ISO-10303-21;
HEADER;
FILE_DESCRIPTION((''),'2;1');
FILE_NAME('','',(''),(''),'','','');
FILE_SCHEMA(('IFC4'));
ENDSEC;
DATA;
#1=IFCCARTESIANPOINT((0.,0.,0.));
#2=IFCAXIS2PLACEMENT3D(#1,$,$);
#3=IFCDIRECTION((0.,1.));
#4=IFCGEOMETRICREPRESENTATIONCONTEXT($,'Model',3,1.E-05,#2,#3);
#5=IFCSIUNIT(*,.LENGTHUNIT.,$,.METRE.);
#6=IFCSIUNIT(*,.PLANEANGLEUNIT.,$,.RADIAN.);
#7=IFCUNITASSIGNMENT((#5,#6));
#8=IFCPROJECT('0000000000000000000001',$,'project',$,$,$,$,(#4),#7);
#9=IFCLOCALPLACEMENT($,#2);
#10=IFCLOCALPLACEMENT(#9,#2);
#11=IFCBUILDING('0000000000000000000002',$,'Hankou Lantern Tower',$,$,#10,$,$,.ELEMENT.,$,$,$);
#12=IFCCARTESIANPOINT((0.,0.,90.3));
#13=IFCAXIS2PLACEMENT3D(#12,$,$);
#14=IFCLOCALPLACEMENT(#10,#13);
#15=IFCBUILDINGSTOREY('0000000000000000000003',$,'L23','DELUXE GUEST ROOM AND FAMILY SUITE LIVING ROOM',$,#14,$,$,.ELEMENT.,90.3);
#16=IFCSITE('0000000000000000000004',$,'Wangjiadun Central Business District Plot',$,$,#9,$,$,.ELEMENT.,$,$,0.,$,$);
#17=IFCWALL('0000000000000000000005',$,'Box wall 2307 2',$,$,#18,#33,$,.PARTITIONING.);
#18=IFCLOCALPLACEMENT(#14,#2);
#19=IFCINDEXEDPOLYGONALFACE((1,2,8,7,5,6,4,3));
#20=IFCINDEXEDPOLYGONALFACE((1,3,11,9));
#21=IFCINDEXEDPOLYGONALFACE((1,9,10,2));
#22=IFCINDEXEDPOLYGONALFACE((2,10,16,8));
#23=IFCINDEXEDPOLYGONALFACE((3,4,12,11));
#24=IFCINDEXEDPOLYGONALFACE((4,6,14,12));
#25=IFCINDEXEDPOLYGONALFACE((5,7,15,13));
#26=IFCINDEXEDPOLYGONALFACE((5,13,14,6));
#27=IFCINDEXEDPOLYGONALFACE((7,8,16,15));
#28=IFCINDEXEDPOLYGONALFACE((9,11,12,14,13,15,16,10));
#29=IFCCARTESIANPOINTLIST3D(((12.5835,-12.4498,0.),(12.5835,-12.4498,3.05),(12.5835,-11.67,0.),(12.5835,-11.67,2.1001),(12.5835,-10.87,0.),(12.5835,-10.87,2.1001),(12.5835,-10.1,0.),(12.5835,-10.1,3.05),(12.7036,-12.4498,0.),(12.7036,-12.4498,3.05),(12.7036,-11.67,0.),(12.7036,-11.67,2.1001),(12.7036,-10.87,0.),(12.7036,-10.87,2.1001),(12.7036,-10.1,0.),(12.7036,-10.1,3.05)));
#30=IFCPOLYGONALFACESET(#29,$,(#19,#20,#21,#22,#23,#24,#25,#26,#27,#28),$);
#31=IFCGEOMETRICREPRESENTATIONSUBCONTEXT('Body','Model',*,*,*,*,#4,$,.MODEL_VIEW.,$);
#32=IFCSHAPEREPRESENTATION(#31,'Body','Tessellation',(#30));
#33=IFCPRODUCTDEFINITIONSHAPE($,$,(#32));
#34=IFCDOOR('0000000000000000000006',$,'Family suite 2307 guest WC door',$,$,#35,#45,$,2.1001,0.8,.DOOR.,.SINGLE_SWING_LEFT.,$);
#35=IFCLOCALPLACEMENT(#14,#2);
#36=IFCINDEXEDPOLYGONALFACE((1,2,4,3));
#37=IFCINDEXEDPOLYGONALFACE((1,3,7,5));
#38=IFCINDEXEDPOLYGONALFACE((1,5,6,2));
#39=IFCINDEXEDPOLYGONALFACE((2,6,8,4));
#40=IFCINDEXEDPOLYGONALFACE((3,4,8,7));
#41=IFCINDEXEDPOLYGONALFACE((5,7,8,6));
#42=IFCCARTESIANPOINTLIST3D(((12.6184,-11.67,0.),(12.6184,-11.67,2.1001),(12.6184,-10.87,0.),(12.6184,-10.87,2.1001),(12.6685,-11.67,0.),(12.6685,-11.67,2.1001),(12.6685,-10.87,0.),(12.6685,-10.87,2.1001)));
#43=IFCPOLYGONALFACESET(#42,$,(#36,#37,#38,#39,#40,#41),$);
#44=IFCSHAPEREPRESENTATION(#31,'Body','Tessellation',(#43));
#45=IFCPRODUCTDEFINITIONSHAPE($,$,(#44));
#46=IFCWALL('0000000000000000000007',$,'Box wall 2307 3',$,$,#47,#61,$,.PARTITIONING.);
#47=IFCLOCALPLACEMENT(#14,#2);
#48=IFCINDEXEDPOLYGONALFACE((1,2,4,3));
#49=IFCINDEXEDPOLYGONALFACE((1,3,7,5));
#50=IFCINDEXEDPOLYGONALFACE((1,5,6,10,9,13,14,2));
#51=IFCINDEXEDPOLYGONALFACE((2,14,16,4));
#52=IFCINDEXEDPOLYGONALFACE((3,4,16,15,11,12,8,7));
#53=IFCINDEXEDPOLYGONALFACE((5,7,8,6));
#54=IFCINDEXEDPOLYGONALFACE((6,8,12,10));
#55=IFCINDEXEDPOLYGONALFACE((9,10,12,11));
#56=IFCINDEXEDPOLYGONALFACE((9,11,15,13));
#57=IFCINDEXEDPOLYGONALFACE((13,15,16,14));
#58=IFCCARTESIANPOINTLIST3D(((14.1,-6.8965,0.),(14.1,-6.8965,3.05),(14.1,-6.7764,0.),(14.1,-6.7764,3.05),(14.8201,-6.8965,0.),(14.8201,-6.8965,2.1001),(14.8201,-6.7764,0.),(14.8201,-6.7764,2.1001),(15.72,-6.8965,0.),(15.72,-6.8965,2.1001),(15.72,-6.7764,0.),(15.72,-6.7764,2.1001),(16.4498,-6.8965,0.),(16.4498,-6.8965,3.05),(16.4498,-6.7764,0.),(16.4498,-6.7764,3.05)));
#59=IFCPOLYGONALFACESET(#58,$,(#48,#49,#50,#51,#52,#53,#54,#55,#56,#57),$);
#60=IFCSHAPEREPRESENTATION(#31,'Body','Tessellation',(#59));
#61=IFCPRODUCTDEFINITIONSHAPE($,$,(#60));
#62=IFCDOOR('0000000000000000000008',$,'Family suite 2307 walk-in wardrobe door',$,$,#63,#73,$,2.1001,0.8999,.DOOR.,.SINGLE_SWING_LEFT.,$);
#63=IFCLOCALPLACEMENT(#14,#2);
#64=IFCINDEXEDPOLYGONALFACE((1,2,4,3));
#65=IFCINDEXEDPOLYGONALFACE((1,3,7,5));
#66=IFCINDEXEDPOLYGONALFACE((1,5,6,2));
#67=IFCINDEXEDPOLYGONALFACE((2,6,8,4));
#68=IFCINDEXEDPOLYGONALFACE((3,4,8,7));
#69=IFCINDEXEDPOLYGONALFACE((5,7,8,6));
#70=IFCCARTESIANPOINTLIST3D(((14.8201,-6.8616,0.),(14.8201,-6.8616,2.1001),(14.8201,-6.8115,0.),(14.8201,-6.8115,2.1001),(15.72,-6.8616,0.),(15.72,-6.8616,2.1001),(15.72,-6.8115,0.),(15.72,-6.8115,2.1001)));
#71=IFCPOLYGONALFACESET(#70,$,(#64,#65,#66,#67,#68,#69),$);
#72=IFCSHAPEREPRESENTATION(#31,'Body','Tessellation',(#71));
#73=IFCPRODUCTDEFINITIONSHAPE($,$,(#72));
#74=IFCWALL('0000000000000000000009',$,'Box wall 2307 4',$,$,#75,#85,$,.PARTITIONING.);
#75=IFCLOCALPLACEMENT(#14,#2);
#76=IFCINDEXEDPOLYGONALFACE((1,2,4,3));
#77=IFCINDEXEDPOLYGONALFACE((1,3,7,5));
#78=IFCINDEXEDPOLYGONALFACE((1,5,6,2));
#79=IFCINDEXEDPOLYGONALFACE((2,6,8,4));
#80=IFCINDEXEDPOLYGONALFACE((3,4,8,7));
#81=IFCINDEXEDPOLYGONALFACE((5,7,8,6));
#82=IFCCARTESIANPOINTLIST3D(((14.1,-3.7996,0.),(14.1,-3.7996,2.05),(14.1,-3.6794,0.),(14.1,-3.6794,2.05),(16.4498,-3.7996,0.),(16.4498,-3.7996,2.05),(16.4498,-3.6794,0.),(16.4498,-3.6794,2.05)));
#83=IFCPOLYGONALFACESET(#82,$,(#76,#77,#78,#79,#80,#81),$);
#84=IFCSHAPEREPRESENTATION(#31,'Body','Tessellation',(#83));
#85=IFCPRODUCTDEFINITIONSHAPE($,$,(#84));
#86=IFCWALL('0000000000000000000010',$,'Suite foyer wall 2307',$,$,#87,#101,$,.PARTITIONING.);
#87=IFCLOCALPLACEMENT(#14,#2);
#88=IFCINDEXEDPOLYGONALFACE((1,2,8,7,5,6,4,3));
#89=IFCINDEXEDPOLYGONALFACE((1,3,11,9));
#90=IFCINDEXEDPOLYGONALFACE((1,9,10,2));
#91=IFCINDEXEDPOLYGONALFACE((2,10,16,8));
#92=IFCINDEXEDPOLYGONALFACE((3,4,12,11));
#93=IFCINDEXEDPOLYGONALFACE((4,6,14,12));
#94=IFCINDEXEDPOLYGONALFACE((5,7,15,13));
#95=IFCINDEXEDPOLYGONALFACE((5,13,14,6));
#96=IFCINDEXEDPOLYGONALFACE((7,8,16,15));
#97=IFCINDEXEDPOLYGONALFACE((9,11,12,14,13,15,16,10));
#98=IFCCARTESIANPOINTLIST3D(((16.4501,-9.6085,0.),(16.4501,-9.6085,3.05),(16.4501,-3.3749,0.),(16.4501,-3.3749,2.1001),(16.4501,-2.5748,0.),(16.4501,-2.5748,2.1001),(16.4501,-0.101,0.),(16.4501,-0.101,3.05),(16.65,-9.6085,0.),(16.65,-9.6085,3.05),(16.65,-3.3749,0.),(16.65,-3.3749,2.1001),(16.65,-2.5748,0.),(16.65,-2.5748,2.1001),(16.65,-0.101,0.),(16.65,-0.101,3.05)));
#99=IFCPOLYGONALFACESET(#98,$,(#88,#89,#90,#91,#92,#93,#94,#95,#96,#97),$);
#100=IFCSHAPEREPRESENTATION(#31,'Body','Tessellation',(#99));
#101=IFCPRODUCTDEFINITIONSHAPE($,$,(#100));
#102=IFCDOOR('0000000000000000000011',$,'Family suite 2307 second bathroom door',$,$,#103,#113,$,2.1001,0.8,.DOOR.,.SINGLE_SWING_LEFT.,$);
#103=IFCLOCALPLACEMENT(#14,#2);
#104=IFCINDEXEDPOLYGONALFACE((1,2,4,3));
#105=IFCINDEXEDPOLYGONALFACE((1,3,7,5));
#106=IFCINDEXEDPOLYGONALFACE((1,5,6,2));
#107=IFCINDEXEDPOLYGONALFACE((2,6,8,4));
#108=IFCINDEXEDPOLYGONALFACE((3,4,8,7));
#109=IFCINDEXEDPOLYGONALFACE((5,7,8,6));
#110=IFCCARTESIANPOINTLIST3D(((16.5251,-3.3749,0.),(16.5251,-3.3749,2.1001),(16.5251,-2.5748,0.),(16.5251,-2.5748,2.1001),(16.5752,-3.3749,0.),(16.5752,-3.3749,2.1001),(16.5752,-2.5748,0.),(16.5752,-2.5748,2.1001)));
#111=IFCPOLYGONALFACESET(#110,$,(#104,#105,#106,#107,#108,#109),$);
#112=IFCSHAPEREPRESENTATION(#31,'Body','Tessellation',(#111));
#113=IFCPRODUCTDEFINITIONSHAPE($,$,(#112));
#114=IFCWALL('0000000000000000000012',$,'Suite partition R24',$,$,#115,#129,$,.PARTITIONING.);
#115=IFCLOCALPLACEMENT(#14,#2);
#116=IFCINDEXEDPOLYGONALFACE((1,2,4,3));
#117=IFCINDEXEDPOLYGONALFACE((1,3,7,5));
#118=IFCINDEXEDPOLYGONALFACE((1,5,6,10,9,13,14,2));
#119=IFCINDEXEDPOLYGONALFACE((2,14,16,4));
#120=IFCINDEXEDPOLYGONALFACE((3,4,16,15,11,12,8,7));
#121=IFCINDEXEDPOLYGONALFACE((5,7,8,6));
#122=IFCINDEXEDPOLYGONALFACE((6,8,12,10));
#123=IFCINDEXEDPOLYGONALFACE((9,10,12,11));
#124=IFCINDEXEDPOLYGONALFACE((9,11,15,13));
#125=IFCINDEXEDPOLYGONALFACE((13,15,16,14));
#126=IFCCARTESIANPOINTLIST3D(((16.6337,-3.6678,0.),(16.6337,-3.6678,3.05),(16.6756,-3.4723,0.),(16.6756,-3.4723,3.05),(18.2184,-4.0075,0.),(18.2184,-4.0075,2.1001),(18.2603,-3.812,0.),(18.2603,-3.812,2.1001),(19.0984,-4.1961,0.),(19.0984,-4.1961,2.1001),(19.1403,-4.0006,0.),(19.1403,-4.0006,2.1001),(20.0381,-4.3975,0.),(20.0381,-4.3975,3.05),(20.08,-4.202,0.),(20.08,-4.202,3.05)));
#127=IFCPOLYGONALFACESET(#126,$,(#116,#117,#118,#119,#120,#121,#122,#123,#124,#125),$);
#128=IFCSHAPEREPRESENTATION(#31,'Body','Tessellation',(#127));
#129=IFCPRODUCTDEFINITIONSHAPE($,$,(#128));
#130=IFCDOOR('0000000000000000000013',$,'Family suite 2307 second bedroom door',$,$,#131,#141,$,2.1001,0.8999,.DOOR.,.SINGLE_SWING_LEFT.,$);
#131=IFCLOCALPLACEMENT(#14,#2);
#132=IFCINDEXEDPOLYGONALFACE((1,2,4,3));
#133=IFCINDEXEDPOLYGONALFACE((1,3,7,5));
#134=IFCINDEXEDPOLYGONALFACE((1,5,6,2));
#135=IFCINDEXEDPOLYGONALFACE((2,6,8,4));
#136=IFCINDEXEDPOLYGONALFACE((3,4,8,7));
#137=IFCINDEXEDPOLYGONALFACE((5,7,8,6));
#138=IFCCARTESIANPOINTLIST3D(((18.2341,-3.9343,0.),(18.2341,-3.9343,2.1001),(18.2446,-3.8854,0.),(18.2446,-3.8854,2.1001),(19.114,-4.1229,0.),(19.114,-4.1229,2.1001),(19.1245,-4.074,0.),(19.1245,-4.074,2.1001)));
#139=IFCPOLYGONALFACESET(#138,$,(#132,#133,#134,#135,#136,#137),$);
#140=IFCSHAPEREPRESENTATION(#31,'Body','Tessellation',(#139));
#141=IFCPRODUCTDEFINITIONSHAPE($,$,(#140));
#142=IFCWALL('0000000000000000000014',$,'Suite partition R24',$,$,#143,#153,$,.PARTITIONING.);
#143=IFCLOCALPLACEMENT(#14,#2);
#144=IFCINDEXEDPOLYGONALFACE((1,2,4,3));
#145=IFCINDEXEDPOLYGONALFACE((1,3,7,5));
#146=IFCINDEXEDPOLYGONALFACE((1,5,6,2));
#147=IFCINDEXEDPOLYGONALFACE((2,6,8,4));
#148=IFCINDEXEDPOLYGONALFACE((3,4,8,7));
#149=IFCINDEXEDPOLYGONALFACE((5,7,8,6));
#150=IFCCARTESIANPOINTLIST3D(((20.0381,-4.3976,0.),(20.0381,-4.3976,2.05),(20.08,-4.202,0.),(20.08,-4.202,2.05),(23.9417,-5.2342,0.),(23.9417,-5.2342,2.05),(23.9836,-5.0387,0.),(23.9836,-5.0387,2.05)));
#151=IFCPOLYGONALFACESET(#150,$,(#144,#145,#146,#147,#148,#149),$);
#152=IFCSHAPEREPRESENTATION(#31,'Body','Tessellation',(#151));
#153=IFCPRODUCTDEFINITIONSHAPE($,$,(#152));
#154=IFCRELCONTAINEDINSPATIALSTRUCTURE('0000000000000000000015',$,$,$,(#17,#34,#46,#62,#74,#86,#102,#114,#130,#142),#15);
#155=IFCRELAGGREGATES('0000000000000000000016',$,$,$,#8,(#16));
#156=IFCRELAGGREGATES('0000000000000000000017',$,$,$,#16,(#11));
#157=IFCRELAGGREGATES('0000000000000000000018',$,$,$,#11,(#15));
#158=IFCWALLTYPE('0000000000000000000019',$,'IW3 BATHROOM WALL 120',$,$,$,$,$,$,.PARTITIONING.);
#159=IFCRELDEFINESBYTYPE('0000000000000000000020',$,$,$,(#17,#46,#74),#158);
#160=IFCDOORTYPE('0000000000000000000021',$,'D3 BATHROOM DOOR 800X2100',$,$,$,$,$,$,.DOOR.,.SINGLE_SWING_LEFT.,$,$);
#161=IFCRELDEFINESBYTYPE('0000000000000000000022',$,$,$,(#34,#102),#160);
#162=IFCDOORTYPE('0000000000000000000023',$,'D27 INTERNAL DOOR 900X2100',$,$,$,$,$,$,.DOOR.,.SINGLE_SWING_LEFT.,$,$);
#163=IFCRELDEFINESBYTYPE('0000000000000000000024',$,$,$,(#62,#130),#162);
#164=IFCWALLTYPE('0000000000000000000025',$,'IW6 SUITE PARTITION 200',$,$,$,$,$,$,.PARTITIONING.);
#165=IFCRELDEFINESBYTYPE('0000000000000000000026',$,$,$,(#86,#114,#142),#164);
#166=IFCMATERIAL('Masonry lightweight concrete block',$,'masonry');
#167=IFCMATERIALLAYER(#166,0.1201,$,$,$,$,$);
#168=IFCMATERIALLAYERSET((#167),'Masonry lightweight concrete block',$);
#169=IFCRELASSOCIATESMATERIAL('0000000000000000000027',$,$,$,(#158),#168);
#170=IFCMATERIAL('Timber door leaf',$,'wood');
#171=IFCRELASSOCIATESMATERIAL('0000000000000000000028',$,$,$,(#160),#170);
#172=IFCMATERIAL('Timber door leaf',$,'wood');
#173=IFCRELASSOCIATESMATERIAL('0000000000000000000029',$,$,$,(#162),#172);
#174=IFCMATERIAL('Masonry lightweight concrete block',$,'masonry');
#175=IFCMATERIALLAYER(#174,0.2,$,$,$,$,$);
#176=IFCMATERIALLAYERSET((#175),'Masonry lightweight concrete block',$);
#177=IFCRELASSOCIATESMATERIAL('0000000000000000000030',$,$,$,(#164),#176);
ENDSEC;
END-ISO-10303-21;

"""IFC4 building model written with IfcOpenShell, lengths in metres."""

from ifc_helpers import new_model, si_unit, direction, frame, frame_2d, origin, place, context, subcontext, project, spatial, rectangle, extrude, material, layer, layer_set, type_object, element, fill, save


model = new_model("IFC4")

# Units and contexts
model_context = context("Model", 3, precision=1e-05, world=origin(), true_north=direction((0.0, 1.0)))
body_context = subcontext(model_context, "Body", "Model", "MODEL_VIEW")
ifc_project = project(units=[si_unit("LENGTHUNIT", "METRE"), si_unit("PLANEANGLEUNIT", "RADIAN")], contexts=[model_context])

# Site, building, storey
site_placement = place(None, origin())
site = spatial("IfcSite", under=ifc_project, at=site_placement, Name="Wangjiadun Central Business District Plot", CompositionType="ELEMENT", RefElevation=0.0)
building_placement = place(site_placement, origin())
building = spatial("IfcBuilding", under=site, at=building_placement, Name="Hankou Lantern Tower", CompositionType="ELEMENT")
storey_placement = place(building_placement, frame((0.0, 0.0, 90.3)))
storey = spatial("IfcBuildingStorey", under=building, at=storey_placement, Name="L23", Description="DELUXE GUEST ROOM AND FAMILY SUITE LIVING ROOM", CompositionType="ELEMENT", Elevation=90.3)

# Walls, openings, doors
ifc_material_1 = material(Name="Masonry lightweight concrete block", Category="masonry")
ifc_layer_1 = layer(ifc_material_1, 0.1201)
ifc_layer_set_1 = layer_set([ifc_layer_1], Name="Masonry lightweight concrete block")
wall_type_1 = type_object("IfcWallType", Name="IW3 BATHROOM WALL 120", PredefinedType="PARTITIONING", material=ifc_layer_set_1)
wall_1_placement = place(storey_placement, frame((12.6436, -10.1001, 0.0), z_axis=(0.0, 0.0, 1.0), x_axis=(0.0, -1.0, 0.0)))
wall_1 = element("IfcWall", 1, at=wall_1_placement, inside=storey, type_object=wall_type_1, Name="Box wall 2307 2", PredefinedType="PARTITIONING", context=body_context, shape_type="SweptSolid", body=[
    extrude(rectangle(XDim=2.3499, YDim=0.1201, at=frame_2d((1.1748, 0.0))), origin(), (0.0, 0.0, 1.0), 3.05),
])
opening_1_placement = place(wall_1_placement, frame((0.77, 0.0, 0.0)))
opening_1 = element("IfcOpeningElement", 2, at=opening_1_placement, cuts=wall_1, PredefinedType="OPENING", context=body_context, shape_type="SweptSolid", body=[
    extrude(rectangle(XDim=0.8, YDim=2.1001, at=frame_2d((0.3999, 1.05))), frame((0.0, 0.0701, 0.0), z_axis=(0.0, -1.0, 0.0), x_axis=(1.0, 0.0, 0.0)), (0.0, 0.0, 1.0), 0.1401),
])
ifc_material_2 = material(Name="Timber door leaf", Category="wood")
door_type_1 = type_object("IfcDoorType", Name="D3 BATHROOM DOOR 800X2100", OperationType="SINGLE_SWING_LEFT", PredefinedType="DOOR", material=ifc_material_2)
door_1_placement = place(opening_1_placement, origin())
door_1 = element("IfcDoor", 3, at=door_1_placement, inside=storey, type_object=door_type_1, Name="Family suite 2307 guest WC door", OperationType="SINGLE_SWING_LEFT", OverallHeight=2.1001, OverallWidth=0.8, PredefinedType="DOOR", context=body_context, shape_type="SweptSolid", body=[
    extrude(rectangle(XDim=0.8, YDim=2.1001, at=frame_2d((0.3999, 1.05))), frame((0.0, 0.0249, 0.0), z_axis=(0.0, -1.0, 0.0), x_axis=(1.0, 0.0, 0.0)), (0.0, 0.0, 1.0), 0.05),
])
fill(opening_1, door_1)
wall_2_placement = place(storey_placement, frame((14.1001, -6.8364, 0.0), z_axis=(0.0, 0.0, 1.0), x_axis=(1.0, 0.0, 0.0)))
wall_2 = element("IfcWall", 4, at=wall_2_placement, inside=storey, type_object=wall_type_1, Name="Box wall 2307 3", PredefinedType="PARTITIONING", context=body_context, shape_type="SweptSolid", body=[
    extrude(rectangle(XDim=2.3499, YDim=0.1201, at=frame_2d((1.1748, 0.0))), origin(), (0.0, 0.0, 1.0), 3.05),
])
opening_2_placement = place(wall_2_placement, frame((0.72, 0.0, 0.0)))
opening_2 = element("IfcOpeningElement", 5, at=opening_2_placement, cuts=wall_2, PredefinedType="OPENING", context=body_context, shape_type="SweptSolid", body=[
    extrude(rectangle(XDim=0.8999, YDim=2.1001, at=frame_2d((0.45, 1.05))), frame((0.0, 0.0701, 0.0), z_axis=(0.0, -1.0, 0.0), x_axis=(1.0, 0.0, 0.0)), (0.0, 0.0, 1.0), 0.1401),
])
ifc_material_3 = material(Name="Timber door leaf", Category="wood")
door_type_2 = type_object("IfcDoorType", Name="D27 INTERNAL DOOR 900X2100", OperationType="SINGLE_SWING_LEFT", PredefinedType="DOOR", material=ifc_material_3)
door_2_placement = place(opening_2_placement, origin())
door_2 = element("IfcDoor", 6, at=door_2_placement, inside=storey, type_object=door_type_2, Name="Family suite 2307 walk-in wardrobe door", OperationType="SINGLE_SWING_LEFT", OverallHeight=2.1001, OverallWidth=0.8999, PredefinedType="DOOR", context=body_context, shape_type="SweptSolid", body=[
    extrude(rectangle(XDim=0.8999, YDim=2.1001, at=frame_2d((0.45, 1.05))), frame((0.0, 0.0249, 0.0), z_axis=(0.0, -1.0, 0.0), x_axis=(1.0, 0.0, 0.0)), (0.0, 0.0, 1.0), 0.05),
])
fill(opening_2, door_2)

# Wall
wall_3_placement = place(storey_placement, frame((14.1001, -3.7395, 0.0), z_axis=(0.0, 0.0, 1.0), x_axis=(1.0, 0.0, 0.0)))
element("IfcWall", 7, at=wall_3_placement, inside=storey, type_object=wall_type_1, Name="Box wall 2307 4", PredefinedType="PARTITIONING", context=body_context, shape_type="SweptSolid", body=[
    extrude(rectangle(XDim=2.3499, YDim=0.1201, at=frame_2d((1.1748, 0.0))), origin(), (0.0, 0.0, 1.0), 2.05),
])

# Walls, openings, doors
ifc_material_4 = material(Name="Masonry lightweight concrete block", Category="masonry")
ifc_layer_2 = layer(ifc_material_4, 0.2)
ifc_layer_set_2 = layer_set([ifc_layer_2], Name="Masonry lightweight concrete block")
wall_type_2 = type_object("IfcWallType", Name="IW6 SUITE PARTITION 200", PredefinedType="PARTITIONING", material=ifc_layer_set_2)
wall_4_placement = place(storey_placement, frame((16.55, -9.6086, 0.0), z_axis=(0.0, 0.0, 1.0), x_axis=(0.0, 1.0, 0.0)))
wall_4 = element("IfcWall", 8, at=wall_4_placement, inside=storey, type_object=wall_type_2, Name="Suite foyer wall 2307", PredefinedType="PARTITIONING", context=body_context, shape_type="SweptSolid", body=[
    extrude(rectangle(XDim=9.5076, YDim=0.2, at=frame_2d((4.7539, 0.0))), origin(), (0.0, 0.0, 1.0), 3.05),
])
opening_3_placement = place(wall_4_placement, frame((6.2339, 0.0, 0.0)))
opening_3 = element("IfcOpeningElement", 9, at=opening_3_placement, cuts=wall_4, PredefinedType="OPENING", context=body_context, shape_type="SweptSolid", body=[
    extrude(rectangle(XDim=0.8, YDim=2.1001, at=frame_2d((0.3999, 1.05))), frame((0.0, 0.1099, 0.0), z_axis=(0.0, -1.0, 0.0), x_axis=(1.0, 0.0, 0.0)), (0.0, 0.0, 1.0), 0.22),
])
door_3_placement = place(opening_3_placement, origin())
door_3 = element("IfcDoor", 10, at=door_3_placement, inside=storey, type_object=door_type_1, Name="Family suite 2307 second bathroom door", OperationType="SINGLE_SWING_LEFT", OverallHeight=2.1001, OverallWidth=0.8, PredefinedType="DOOR", context=body_context, shape_type="SweptSolid", body=[
    extrude(rectangle(XDim=0.8, YDim=2.1001, at=frame_2d((0.3999, 1.05))), frame((0.0, 0.0249, 0.0), z_axis=(0.0, -1.0, 0.0), x_axis=(1.0, 0.0, 0.0)), (0.0, 0.0, 1.0), 0.05),
])
fill(opening_3, door_3)
wall_5_placement = place(storey_placement, frame((16.6548, -3.5701, 0.0), z_axis=(0.0, 0.0, 1.0), x_axis=(0.977788, -0.209596, 0.0)))
wall_5 = element("IfcWall", 11, at=wall_5_placement, inside=storey, type_object=wall_type_2, Name="Suite partition R24", PredefinedType="PARTITIONING", context=body_context, shape_type="SweptSolid", body=[
    extrude(rectangle(XDim=3.4817, YDim=0.2, at=frame_2d((1.7407, 0.0))), origin(), (0.0, 0.0, 1.0), 3.05),
])
opening_4_placement = place(wall_5_placement, frame((1.6206, 0.0, 0.0)))
opening_4 = element("IfcOpeningElement", 12, at=opening_4_placement, cuts=wall_5, PredefinedType="OPENING", context=body_context, shape_type="SweptSolid", body=[
    extrude(rectangle(XDim=0.8999, YDim=2.1001, at=frame_2d((0.45, 1.05))), frame((0.0, 0.1099, 0.0), z_axis=(0.0, -1.0, 0.0), x_axis=(1.0, 0.0, 0.0)), (0.0, 0.0, 1.0), 0.22),
])
door_4_placement = place(opening_4_placement, origin())
door_4 = element("IfcDoor", 13, at=door_4_placement, inside=storey, type_object=door_type_2, Name="Family suite 2307 second bedroom door", OperationType="SINGLE_SWING_LEFT", OverallHeight=2.1001, OverallWidth=0.8999, PredefinedType="DOOR", context=body_context, shape_type="SweptSolid", body=[
    extrude(rectangle(XDim=0.8999, YDim=2.1001, at=frame_2d((0.45, 1.05))), frame((0.0, 0.0249, 0.0), z_axis=(0.0, -1.0, 0.0), x_axis=(1.0, 0.0, 0.0)), (0.0, 0.0, 1.0), 0.05),
])
fill(opening_4, door_4)

# Wall
wall_6_placement = place(storey_placement, frame((20.0591, -4.2998, 0.0), z_axis=(0.0, 0.0, 1.0), x_axis=(0.977793, -0.209575, 0.0)))
element("IfcWall", 14, at=wall_6_placement, inside=storey, type_object=wall_type_2, Name="Suite partition R24", PredefinedType="PARTITIONING", context=body_context, shape_type="SweptSolid", body=[
    extrude(rectangle(XDim=3.9922, YDim=0.2, at=frame_2d((1.9961, 0.0))), origin(), (0.0, 0.0, 1.0), 2.05),
])

save(model, "model.ifc")
